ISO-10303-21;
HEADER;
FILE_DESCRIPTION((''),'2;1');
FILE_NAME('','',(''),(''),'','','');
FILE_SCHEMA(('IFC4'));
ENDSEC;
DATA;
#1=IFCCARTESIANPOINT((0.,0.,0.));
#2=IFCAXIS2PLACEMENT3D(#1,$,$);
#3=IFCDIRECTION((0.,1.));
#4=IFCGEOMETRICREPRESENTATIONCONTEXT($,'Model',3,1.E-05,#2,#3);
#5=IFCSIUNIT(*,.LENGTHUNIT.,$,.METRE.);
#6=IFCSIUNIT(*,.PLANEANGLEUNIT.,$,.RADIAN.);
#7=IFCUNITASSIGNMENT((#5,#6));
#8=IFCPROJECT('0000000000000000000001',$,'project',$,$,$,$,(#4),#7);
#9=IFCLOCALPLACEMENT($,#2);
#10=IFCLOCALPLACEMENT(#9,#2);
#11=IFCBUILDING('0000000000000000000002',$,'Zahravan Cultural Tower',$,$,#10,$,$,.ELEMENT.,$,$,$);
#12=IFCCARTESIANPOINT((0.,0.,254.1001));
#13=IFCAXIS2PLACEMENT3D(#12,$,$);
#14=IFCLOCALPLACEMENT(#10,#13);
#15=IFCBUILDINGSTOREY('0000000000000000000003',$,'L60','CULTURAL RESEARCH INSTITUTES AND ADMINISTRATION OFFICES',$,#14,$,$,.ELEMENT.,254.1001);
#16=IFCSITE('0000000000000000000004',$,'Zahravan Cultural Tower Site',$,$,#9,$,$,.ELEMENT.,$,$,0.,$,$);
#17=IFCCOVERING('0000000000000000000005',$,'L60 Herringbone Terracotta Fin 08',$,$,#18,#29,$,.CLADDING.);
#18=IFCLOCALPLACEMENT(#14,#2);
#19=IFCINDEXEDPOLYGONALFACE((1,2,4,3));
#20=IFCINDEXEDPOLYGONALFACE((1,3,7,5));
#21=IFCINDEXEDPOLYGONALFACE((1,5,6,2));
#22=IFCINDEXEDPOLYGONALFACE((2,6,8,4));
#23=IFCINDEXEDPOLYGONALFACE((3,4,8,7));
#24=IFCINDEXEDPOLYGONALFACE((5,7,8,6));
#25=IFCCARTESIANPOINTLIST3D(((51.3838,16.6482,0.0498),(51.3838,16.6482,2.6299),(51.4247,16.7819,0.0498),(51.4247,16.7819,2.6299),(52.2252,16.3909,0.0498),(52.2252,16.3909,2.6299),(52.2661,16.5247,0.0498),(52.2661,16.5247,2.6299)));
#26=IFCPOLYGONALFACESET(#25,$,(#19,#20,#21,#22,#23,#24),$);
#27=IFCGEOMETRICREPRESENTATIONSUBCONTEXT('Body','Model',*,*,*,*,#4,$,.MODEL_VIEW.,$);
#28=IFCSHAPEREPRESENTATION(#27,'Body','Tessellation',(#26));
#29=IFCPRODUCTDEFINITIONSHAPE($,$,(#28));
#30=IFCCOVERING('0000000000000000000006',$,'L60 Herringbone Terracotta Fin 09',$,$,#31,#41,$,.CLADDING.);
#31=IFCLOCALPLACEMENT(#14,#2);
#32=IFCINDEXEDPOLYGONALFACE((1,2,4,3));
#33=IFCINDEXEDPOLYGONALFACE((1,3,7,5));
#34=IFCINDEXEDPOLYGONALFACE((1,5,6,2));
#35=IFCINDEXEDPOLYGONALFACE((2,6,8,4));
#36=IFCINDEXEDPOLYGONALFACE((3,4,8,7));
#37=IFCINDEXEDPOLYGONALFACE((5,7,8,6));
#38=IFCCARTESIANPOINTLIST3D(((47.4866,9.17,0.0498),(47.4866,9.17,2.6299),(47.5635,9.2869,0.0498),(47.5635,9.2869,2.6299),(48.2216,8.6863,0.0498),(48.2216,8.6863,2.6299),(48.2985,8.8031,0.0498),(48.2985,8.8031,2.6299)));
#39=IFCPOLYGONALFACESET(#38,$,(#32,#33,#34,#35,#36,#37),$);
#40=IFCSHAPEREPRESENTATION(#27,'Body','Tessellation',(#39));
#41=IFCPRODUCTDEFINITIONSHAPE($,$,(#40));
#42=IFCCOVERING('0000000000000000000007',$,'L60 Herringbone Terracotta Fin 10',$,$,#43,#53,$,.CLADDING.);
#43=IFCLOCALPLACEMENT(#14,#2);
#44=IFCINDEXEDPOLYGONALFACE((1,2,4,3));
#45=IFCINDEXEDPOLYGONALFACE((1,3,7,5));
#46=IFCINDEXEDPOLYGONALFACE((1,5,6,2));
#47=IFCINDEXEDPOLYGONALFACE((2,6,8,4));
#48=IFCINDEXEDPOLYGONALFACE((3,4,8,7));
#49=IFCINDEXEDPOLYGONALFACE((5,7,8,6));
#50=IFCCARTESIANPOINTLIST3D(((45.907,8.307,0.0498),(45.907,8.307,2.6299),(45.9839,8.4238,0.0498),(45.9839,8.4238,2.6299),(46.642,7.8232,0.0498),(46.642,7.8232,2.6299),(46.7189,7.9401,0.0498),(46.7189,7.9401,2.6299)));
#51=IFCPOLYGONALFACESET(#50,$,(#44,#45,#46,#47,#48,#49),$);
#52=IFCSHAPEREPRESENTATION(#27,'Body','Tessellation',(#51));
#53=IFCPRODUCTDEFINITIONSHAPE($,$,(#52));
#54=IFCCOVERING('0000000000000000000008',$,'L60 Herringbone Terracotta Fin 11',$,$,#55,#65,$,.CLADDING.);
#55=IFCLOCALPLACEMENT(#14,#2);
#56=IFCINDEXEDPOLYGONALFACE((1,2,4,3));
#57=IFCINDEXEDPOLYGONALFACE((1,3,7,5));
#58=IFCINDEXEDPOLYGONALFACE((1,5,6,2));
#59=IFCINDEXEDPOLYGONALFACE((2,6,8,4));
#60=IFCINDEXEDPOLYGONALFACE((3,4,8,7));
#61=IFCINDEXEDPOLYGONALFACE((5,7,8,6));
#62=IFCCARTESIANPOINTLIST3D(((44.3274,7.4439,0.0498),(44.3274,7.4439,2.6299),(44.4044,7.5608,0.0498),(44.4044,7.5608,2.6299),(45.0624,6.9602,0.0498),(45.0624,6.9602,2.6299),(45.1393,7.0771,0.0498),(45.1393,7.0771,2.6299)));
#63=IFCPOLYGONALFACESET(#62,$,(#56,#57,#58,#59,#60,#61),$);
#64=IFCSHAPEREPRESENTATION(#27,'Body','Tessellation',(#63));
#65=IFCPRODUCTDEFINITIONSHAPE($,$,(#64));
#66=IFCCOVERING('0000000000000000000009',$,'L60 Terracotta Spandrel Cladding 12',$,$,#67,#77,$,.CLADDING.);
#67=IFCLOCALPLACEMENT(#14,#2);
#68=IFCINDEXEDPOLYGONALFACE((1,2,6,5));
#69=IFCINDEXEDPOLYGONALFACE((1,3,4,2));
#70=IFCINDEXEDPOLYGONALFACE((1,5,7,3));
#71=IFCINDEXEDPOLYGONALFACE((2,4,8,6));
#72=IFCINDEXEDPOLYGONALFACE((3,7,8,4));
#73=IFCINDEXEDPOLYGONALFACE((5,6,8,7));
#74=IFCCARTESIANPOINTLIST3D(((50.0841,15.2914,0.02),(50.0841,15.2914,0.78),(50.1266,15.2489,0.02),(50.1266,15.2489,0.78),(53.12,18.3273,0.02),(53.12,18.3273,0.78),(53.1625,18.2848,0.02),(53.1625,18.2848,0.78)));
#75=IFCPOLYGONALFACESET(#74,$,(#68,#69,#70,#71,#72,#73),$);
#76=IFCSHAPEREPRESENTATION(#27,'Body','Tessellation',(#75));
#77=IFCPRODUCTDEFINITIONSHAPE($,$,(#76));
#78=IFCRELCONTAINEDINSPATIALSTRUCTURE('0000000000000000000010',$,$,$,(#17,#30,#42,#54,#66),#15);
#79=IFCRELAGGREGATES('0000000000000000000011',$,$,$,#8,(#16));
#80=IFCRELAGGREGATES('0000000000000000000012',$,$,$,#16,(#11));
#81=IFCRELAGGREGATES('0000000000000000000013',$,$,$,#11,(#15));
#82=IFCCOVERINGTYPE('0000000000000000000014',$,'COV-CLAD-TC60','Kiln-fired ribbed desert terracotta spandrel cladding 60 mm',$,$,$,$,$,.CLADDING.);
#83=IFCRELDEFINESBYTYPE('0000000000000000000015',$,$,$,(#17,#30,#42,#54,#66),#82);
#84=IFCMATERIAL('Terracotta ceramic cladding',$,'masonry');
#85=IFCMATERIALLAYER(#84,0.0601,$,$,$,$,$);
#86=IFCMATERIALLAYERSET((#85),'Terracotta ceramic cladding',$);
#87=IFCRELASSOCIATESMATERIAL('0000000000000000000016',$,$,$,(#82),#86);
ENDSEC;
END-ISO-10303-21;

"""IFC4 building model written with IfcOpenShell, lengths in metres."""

from ifc_helpers import new_model, si_unit, direction, frame, origin, origin_2d, place, context, subcontext, project, spatial, rectangle, extrude, source, transform, mapped, material, layer, layer_set, type_object, element, save


model = new_model("IFC4")

# Units and contexts
model_context = context("Model", 3, precision=1e-05, world=origin(), true_north=direction((0.0, 1.0)))
body_context = subcontext(model_context, "Body", "Model", "MODEL_VIEW")
ifc_project = project(units=[si_unit("LENGTHUNIT", "METRE"), si_unit("PLANEANGLEUNIT", "RADIAN")], contexts=[model_context])

# Site, building, storey
site_placement = place(None, origin())
site = spatial("IfcSite", under=ifc_project, at=site_placement, Name="Zahravan Cultural Tower Site", CompositionType="ELEMENT", RefElevation=0.0)
building_placement = place(site_placement, origin())
building = spatial("IfcBuilding", under=site, at=building_placement, Name="Zahravan Cultural Tower", CompositionType="ELEMENT")
storey_placement = place(building_placement, frame((0.0, 0.0, 254.1001)))
storey = spatial("IfcBuildingStorey", under=building, at=storey_placement, Name="L60", Description="CULTURAL RESEARCH INSTITUTES AND ADMINISTRATION OFFICES", CompositionType="ELEMENT", Elevation=254.1001)

# Coverings
ifc_material_1 = material(Name="Terracotta ceramic cladding", Category="masonry")
ifc_layer_1 = layer(ifc_material_1, 0.0601)
ifc_layer_set_1 = layer_set([ifc_layer_1], Name="Terracotta ceramic cladding")
covering_type = type_object("IfcCoveringType", Name="COV-CLAD-TC60", Description="Kiln-fired ribbed desert terracotta spandrel cladding 60 mm", PredefinedType="CLADDING", material=ifc_layer_set_1)
shared_shape_1 = source(origin(), body_context, "Body", "SweptSolid", [
    extrude(rectangle(XDim=0.8799, YDim=0.1399, at=origin_2d()), origin(), (0.0, 0.0, 1.0), 2.5801),
])
for number, where, z_axis, x_axis, name in (
    (1, (51.825, 16.5864, 0.0498), (0.0, 0.0, 1.0), (0.956305, -0.292372, 0.0), "L60 Herringbone Terracotta Fin 08"),
    (2, (47.8926, 8.9866, 0.0498), (0.0, 0.0, 1.0), (0.835328, -0.549752, 0.0), "L60 Herringbone Terracotta Fin 09"),
    (3, (46.313, 8.1235, 0.0498), (0.0, 0.0, 1.0), (0.835328, -0.549752, 0.0), "L60 Herringbone Terracotta Fin 10"),
    (4, (44.7334, 7.2605, 0.0498), (0.0, 0.0, 1.0), (0.835328, -0.549752, 0.0), "L60 Herringbone Terracotta Fin 11"),
):
    element("IfcCovering", number, at=place(storey_placement, frame(where, z_axis=z_axis, x_axis=x_axis)), inside=storey, type_object=covering_type, Name=name, PredefinedType="CLADDING", context=body_context, shape_type="MappedRepresentation", body=[
        mapped(shared_shape_1, transform((0.0, 0.0, 0.0), x_axis=(1.0, 0.0, 0.0), y_axis=(0.0, 1.0, 0.0), z_axis=(0.0, 0.0, 1.0), scale=1.0)),
    ])
shared_shape_2 = source(origin(), body_context, "Body", "SweptSolid", [
    extrude(rectangle(XDim=4.2935, YDim=0.0601, at=origin_2d()), origin(), (0.0, 0.0, 1.0), 0.76),
])
covering_1_placement = place(storey_placement, frame((51.6233, 16.7881, 0.02), z_axis=(0.0, 0.0, 1.0), x_axis=(-0.707107, -0.707107, 0.0)))
element("IfcCovering", 5, at=covering_1_placement, inside=storey, type_object=covering_type, Name="L60 Terracotta Spandrel Cladding 12", PredefinedType="CLADDING", context=body_context, shape_type="MappedRepresentation", body=[
    mapped(shared_shape_2, transform((0.0, 0.0, 0.0), x_axis=(1.0, 0.0, 0.0), y_axis=(0.0, 1.0, 0.0), z_axis=(0.0, 0.0, 1.0), scale=1.0)),
])

save(model, "model.ifc")
